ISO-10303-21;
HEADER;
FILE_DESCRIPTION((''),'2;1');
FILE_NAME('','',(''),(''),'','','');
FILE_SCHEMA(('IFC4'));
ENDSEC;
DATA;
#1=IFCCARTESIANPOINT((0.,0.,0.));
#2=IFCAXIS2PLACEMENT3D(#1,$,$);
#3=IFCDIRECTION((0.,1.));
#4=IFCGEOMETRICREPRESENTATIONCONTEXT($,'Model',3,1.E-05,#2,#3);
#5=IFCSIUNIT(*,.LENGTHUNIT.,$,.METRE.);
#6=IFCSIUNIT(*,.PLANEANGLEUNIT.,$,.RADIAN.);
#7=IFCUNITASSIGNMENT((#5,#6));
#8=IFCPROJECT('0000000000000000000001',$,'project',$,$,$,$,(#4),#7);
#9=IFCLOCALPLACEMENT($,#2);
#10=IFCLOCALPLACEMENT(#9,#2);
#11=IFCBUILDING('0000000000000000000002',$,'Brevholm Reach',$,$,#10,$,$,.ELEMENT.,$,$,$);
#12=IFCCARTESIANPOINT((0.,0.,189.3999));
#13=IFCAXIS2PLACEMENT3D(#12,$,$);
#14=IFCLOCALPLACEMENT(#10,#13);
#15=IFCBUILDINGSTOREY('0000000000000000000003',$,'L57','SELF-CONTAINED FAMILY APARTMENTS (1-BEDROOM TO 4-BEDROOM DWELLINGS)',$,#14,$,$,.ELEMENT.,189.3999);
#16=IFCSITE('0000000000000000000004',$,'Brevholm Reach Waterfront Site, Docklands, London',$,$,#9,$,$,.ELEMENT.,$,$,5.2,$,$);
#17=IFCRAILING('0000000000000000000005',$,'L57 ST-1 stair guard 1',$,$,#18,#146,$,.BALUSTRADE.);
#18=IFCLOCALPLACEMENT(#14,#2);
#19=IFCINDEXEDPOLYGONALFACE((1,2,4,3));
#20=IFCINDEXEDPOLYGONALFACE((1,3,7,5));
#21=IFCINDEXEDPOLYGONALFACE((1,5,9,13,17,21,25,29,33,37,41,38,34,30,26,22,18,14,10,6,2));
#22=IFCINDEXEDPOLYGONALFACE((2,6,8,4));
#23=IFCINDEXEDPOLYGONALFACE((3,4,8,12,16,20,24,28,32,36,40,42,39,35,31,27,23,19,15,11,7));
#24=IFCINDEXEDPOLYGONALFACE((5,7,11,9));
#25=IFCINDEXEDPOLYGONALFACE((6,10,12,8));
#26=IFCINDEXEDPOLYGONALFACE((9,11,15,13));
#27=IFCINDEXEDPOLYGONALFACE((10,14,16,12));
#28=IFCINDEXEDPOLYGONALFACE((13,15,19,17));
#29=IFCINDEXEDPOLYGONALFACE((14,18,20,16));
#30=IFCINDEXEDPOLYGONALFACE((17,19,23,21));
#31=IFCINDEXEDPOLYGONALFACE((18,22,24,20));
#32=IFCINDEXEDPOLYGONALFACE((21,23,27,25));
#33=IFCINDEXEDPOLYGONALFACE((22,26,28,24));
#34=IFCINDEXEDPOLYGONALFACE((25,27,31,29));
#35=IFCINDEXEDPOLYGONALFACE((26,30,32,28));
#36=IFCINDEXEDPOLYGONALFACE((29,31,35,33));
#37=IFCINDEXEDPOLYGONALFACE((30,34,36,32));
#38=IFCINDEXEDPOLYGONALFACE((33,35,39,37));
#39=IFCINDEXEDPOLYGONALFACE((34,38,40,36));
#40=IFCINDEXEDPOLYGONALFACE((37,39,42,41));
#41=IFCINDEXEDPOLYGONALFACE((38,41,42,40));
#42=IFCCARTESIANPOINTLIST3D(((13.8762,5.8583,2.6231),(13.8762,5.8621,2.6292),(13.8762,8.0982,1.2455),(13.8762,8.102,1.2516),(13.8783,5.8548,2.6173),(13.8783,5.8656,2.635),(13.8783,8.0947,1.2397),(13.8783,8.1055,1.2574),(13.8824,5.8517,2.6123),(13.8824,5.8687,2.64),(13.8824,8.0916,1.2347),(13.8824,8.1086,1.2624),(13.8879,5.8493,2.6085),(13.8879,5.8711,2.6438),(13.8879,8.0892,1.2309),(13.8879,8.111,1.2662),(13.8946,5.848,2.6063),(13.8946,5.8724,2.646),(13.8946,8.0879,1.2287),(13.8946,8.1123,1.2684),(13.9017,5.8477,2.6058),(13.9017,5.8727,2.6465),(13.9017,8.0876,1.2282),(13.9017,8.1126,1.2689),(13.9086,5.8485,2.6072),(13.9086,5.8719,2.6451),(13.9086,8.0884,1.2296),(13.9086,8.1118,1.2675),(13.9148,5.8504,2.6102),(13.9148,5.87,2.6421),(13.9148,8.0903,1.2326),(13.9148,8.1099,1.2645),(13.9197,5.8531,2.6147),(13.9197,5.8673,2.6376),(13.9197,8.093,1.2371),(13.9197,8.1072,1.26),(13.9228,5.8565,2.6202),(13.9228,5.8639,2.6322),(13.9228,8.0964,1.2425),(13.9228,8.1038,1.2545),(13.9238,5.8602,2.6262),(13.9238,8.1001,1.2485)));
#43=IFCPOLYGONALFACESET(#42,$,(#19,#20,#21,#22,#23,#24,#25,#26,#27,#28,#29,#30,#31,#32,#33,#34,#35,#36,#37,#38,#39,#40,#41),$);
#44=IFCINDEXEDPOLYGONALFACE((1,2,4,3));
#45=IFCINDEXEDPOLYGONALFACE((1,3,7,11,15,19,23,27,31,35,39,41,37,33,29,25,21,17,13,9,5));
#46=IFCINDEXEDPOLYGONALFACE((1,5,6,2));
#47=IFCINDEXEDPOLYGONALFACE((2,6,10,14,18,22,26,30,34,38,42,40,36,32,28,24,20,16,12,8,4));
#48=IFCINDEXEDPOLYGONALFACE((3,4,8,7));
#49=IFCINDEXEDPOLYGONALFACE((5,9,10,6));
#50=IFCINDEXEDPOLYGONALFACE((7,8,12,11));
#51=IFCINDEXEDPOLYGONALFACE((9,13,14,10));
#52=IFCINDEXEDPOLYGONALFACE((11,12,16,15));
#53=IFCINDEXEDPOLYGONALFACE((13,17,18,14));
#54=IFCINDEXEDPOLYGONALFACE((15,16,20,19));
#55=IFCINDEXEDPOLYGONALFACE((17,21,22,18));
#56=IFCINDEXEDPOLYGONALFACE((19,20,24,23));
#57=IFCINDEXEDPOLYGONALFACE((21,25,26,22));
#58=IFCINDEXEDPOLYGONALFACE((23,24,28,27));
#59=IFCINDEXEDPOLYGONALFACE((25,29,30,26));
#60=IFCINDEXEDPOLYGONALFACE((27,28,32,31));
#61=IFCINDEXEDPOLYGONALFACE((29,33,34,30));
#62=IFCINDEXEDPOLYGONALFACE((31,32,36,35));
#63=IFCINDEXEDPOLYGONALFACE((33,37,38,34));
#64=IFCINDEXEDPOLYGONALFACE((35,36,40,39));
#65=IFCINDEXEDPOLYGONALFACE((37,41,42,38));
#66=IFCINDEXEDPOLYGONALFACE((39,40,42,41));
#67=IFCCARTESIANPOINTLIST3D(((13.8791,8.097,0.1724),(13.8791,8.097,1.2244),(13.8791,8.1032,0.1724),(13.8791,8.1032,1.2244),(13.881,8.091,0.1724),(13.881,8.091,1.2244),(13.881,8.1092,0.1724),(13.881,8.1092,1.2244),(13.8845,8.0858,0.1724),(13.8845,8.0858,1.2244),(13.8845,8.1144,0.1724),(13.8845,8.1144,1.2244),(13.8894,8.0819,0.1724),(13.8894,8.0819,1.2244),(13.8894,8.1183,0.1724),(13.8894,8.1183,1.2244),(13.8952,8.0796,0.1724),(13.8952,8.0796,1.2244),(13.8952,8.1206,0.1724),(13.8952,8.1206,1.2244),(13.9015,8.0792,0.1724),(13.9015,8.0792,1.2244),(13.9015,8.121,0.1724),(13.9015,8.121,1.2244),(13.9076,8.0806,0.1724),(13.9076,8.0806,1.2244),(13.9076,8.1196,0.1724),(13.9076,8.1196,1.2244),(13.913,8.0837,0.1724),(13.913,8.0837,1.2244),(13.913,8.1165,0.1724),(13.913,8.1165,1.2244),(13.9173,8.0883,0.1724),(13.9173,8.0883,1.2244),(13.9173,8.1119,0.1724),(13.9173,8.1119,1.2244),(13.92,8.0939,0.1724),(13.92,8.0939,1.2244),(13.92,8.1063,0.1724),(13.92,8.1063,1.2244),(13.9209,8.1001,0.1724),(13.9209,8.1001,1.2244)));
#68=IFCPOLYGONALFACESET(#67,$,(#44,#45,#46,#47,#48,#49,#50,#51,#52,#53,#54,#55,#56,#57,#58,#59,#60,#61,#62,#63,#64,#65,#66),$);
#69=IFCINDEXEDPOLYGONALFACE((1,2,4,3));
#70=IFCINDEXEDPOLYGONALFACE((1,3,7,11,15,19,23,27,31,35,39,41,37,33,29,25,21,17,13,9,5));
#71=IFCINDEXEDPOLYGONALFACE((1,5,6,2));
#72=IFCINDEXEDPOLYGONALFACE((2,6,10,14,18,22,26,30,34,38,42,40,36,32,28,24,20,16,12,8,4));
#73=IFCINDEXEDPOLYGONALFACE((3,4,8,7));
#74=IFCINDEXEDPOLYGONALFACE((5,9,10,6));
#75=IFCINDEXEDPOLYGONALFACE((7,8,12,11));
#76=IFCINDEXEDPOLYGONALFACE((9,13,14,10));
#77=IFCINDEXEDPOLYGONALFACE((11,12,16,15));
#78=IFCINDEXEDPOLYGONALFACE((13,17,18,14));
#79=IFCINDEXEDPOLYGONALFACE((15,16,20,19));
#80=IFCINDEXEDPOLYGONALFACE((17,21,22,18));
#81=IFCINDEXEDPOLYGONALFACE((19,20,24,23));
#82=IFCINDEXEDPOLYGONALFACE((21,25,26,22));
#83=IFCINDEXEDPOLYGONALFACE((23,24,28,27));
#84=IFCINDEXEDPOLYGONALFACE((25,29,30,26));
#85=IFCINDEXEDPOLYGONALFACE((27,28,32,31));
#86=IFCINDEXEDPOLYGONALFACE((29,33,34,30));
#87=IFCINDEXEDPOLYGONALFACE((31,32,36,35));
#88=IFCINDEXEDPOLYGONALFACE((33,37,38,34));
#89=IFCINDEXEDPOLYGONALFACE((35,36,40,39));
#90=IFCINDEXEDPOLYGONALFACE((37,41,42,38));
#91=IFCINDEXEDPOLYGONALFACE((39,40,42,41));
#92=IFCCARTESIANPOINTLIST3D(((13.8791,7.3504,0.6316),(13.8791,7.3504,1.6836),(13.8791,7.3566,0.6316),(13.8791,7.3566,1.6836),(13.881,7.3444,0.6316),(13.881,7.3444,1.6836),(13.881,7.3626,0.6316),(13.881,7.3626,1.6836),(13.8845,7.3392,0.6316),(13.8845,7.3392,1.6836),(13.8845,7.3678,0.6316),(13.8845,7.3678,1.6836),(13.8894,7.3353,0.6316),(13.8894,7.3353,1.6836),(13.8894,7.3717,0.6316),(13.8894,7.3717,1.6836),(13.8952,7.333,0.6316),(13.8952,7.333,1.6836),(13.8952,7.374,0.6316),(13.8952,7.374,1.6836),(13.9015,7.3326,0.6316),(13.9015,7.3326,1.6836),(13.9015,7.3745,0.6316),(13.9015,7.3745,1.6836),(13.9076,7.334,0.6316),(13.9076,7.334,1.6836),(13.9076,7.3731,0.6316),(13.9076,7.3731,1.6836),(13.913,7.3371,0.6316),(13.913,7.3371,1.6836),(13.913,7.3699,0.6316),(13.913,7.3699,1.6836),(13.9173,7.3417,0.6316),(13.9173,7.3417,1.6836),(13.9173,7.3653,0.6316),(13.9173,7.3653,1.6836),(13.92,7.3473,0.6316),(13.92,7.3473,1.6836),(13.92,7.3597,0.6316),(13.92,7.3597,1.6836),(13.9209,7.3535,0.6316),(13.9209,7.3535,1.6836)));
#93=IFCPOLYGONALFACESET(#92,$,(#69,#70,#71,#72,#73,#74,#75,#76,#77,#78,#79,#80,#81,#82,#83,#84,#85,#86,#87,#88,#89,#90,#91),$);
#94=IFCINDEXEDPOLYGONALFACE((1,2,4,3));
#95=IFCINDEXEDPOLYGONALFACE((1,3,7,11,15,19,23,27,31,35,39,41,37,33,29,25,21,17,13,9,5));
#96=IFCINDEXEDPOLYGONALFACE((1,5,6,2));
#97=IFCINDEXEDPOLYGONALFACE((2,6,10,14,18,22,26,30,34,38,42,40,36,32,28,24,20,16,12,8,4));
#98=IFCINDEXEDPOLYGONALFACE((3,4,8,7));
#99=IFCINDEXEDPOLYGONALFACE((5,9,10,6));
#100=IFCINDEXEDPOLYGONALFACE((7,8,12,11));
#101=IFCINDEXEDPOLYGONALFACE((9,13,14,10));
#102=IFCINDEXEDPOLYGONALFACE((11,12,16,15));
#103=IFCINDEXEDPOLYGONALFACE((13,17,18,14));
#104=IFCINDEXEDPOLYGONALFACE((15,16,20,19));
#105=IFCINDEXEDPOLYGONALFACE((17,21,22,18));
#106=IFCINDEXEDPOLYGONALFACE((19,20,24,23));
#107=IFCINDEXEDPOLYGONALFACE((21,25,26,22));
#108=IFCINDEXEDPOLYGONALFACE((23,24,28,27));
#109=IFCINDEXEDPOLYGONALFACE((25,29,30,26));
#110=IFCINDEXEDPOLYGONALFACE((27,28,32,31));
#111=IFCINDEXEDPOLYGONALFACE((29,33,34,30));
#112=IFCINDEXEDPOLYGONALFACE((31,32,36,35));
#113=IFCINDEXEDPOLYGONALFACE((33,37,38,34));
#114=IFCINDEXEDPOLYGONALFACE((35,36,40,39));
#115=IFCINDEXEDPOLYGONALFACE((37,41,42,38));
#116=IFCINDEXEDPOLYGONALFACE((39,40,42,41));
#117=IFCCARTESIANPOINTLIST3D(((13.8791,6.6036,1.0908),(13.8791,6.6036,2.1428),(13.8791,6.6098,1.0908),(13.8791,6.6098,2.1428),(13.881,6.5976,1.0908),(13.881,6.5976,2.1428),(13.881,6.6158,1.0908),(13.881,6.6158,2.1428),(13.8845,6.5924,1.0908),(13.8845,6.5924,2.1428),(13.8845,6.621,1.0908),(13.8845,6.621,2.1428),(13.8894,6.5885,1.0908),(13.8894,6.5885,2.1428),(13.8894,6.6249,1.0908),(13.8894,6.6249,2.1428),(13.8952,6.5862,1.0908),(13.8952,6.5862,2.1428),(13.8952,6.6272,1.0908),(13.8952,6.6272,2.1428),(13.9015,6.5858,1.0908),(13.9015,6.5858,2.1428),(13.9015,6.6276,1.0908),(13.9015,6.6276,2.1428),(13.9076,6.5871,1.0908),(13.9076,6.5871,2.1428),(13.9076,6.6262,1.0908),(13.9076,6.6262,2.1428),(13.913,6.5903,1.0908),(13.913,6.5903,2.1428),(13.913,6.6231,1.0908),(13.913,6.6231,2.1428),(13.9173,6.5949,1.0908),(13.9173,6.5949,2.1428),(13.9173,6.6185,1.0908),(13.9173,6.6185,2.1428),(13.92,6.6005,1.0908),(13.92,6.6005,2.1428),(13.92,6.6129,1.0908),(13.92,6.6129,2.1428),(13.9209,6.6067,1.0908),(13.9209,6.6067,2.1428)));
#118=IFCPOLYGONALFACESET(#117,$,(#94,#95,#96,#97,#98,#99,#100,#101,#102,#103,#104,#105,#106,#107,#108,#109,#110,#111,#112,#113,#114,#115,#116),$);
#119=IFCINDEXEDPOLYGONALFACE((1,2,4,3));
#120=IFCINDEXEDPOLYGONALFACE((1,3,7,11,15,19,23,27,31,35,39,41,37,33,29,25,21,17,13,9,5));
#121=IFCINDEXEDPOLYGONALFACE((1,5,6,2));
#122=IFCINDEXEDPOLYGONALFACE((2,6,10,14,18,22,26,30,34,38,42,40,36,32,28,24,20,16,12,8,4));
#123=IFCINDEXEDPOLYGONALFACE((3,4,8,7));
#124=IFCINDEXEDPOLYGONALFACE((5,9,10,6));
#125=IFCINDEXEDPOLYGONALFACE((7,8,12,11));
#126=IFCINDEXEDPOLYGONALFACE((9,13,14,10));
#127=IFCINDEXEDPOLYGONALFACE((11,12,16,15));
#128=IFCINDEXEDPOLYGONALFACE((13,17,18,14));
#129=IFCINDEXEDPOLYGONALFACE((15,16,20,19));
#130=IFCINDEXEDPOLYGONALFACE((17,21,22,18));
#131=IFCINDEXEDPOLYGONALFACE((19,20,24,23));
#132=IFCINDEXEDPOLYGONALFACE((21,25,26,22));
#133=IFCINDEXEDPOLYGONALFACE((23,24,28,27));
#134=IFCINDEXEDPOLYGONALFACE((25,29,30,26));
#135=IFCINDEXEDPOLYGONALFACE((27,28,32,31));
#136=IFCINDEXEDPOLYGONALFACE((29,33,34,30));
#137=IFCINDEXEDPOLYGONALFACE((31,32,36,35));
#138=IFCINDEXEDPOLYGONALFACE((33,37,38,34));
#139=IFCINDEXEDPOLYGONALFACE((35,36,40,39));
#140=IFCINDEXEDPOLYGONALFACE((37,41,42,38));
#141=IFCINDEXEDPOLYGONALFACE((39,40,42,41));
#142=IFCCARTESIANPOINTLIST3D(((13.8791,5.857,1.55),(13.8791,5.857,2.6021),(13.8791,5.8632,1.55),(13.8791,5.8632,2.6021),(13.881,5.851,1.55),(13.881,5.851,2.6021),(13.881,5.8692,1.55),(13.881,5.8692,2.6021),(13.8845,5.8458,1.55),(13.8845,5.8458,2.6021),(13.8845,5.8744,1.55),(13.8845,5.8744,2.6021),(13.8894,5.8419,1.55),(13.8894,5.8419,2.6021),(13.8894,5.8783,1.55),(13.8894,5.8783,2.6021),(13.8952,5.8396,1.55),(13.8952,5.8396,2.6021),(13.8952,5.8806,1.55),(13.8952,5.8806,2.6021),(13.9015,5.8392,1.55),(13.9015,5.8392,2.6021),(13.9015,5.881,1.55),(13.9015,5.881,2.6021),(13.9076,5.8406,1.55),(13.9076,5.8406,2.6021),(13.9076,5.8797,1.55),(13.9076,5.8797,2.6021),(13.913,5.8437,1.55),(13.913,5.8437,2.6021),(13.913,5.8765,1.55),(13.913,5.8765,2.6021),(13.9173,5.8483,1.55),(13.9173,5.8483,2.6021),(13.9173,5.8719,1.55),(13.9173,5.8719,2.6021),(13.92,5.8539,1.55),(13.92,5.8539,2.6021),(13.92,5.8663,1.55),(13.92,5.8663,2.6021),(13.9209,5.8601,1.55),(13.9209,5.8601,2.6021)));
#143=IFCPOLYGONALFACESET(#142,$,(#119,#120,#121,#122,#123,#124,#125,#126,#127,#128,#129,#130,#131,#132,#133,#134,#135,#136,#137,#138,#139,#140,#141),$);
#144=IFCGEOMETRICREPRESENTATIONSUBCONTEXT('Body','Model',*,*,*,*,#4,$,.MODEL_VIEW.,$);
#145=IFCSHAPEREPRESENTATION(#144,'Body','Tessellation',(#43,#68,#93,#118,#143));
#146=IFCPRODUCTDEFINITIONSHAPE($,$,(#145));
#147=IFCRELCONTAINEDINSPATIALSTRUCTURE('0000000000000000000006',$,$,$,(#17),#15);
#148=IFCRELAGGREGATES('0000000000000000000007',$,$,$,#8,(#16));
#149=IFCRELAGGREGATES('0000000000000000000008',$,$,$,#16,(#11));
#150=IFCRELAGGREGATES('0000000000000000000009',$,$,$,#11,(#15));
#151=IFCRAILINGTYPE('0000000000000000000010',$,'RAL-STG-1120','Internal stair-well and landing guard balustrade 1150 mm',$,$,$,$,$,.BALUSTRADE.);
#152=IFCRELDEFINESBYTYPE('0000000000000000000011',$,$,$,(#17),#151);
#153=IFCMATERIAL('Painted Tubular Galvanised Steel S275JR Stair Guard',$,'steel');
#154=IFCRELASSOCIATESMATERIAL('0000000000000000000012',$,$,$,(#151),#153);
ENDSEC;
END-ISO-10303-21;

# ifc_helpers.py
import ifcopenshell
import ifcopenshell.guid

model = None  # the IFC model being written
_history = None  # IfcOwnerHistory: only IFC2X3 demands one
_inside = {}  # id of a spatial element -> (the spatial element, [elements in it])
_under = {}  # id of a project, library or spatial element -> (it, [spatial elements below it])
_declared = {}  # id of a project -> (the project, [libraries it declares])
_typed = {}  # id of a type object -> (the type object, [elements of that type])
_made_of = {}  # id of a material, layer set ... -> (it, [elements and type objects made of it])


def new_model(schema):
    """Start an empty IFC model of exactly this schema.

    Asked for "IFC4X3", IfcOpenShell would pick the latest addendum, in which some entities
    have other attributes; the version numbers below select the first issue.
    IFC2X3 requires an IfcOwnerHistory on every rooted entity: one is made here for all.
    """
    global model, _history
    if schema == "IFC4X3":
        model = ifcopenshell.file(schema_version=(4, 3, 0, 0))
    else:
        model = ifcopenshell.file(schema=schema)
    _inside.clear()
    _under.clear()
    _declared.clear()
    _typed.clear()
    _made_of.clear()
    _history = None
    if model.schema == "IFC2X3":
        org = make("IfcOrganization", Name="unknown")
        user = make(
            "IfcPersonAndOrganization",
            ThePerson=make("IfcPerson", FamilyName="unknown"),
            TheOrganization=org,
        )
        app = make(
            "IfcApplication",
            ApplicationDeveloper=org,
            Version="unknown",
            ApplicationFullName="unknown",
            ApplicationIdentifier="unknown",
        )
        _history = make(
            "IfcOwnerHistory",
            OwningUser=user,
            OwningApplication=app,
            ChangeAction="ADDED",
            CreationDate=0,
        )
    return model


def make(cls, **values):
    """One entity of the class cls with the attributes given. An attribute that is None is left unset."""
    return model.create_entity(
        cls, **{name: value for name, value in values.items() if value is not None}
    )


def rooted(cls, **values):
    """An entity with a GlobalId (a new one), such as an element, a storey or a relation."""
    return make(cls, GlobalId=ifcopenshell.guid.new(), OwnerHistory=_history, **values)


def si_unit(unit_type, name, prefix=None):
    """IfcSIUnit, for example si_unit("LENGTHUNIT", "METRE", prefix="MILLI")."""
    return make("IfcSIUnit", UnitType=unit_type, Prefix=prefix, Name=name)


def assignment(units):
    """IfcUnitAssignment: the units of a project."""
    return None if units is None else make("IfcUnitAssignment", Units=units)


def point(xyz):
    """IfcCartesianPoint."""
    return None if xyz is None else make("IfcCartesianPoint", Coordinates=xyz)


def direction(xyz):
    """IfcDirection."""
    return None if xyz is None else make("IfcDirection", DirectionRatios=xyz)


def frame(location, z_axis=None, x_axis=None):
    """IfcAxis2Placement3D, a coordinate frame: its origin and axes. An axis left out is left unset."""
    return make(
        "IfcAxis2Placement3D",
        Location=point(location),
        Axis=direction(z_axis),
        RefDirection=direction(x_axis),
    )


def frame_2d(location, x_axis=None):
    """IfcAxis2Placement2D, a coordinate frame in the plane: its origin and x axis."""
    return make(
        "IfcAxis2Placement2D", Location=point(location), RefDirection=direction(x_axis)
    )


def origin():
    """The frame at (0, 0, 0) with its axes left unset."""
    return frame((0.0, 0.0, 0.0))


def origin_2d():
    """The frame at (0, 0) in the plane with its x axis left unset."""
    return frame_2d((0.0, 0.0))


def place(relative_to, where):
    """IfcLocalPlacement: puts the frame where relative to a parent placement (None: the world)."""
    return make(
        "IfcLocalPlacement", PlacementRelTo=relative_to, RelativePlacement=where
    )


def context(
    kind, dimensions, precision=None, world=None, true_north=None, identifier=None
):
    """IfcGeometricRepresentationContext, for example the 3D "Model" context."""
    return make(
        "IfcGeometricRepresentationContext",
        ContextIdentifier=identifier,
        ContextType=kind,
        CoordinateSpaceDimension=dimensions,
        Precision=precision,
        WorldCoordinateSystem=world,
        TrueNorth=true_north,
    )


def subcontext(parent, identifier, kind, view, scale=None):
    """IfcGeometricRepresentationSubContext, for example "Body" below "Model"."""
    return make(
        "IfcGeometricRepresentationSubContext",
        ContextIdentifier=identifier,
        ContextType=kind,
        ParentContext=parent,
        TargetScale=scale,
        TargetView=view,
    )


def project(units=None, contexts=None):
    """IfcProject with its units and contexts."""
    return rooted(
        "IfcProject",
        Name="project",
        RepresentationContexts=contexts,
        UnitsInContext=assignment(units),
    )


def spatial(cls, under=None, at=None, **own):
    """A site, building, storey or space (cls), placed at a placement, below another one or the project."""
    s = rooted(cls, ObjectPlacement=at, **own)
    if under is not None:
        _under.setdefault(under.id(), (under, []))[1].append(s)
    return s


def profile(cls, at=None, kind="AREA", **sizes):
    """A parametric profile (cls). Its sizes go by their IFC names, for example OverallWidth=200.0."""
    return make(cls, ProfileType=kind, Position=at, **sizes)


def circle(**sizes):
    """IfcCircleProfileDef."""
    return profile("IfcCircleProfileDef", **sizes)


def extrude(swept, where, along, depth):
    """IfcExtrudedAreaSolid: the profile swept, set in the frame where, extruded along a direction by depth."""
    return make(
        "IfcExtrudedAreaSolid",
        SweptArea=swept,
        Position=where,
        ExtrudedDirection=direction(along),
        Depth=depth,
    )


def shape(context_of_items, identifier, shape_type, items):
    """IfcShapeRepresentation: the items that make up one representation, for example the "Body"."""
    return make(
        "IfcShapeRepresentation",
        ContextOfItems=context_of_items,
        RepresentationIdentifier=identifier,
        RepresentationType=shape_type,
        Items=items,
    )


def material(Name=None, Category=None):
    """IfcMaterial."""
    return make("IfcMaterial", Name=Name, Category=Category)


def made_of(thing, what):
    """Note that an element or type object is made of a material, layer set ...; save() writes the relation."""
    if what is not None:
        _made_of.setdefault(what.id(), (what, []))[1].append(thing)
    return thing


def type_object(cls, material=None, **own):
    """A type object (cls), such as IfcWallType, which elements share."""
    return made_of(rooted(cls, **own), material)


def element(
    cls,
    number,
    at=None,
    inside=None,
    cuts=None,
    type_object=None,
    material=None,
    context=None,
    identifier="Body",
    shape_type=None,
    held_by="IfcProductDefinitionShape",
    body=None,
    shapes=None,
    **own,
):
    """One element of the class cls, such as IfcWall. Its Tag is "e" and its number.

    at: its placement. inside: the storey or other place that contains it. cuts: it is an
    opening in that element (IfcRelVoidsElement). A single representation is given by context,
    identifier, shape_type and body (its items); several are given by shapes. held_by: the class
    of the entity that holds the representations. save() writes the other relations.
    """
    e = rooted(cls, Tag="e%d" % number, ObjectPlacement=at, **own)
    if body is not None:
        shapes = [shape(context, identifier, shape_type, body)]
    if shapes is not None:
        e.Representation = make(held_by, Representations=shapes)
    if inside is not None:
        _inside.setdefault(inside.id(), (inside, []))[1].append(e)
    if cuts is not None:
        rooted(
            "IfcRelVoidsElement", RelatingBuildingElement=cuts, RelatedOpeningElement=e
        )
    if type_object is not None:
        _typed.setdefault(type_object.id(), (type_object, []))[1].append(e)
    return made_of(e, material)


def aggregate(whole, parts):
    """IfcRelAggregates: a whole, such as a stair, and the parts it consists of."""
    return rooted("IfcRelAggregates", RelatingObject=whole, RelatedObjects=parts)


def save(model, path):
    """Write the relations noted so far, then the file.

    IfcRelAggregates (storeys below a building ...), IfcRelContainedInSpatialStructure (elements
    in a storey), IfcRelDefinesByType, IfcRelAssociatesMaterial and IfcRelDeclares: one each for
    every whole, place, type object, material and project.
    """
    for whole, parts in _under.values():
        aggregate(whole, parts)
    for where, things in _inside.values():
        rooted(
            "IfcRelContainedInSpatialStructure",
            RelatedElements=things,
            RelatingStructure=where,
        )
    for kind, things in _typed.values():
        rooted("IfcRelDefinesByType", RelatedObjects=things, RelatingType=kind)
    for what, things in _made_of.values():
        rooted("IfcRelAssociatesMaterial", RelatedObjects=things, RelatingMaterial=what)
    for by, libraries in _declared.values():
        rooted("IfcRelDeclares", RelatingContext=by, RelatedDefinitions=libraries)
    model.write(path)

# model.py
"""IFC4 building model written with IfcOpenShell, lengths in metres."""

from ifc_helpers import new_model, si_unit, direction, frame, origin, origin_2d, place, context, subcontext, project, spatial, circle, extrude, material, type_object, element, save


model = new_model("IFC4")

# Units and contexts
model_context = context("Model", 3, precision=1e-05, world=origin(), true_north=direction((0.0, 1.0)))
body_context = subcontext(model_context, "Body", "Model", "MODEL_VIEW")
ifc_project = project(units=[si_unit("LENGTHUNIT", "METRE"), si_unit("PLANEANGLEUNIT", "RADIAN")], contexts=[model_context])

# Site, building, storey
site_placement = place(None, origin())
site = spatial("IfcSite", under=ifc_project, at=site_placement, Name="Brevholm Reach Waterfront Site, Docklands, London", CompositionType="ELEMENT", RefElevation=5.2)
building_placement = place(site_placement, origin())
building = spatial("IfcBuilding", under=site, at=building_placement, Name="Brevholm Reach", CompositionType="ELEMENT")
storey_placement = place(building_placement, frame((0.0, 0.0, 189.3999)))
storey = spatial("IfcBuildingStorey", under=building, at=storey_placement, Name="L57", Description="SELF-CONTAINED FAMILY APARTMENTS (1-BEDROOM TO 4-BEDROOM DWELLINGS)", CompositionType="ELEMENT", Elevation=189.3999)

# Railing
ifc_material_1 = material(Name="Painted Tubular Galvanised Steel S275JR Stair Guard", Category="steel")
railing_type_1 = type_object("IfcRailingType", Name="RAL-STG-1120", Description="Internal stair-well and landing guard balustrade 1150 mm", PredefinedType="BALUSTRADE", material=ifc_material_1)
railing_1_placement = place(storey_placement, frame((13.8999, 8.1001, 0.1724)))
element("IfcRailing", 1, at=railing_1_placement, inside=storey, type_object=railing_type_1, Name="L57 ST-1 stair guard 1", PredefinedType="BALUSTRADE", context=body_context, shape_type="SweptSolid", body=[
    extrude(circle(Radius=0.0239, at=origin_2d()), frame((0.0, 0.0, 1.0762), z_axis=(0.0, -0.851789, 0.523885), x_axis=(1.0, 0.0, 0.0)), (0.0, 0.0, 1.0), 2.6296),
    extrude(circle(Radius=0.021, at=origin_2d()), origin(), (0.0, 0.0, 1.0), 1.052),
    extrude(circle(Radius=0.021, at=origin_2d()), frame((0.0, -0.7466, 0.4592)), (0.0, 0.0, 1.0), 1.052),
    extrude(circle(Radius=0.021, at=origin_2d()), frame((0.0, -1.4934, 0.9185)), (0.0, 0.0, 1.0), 1.052),
    extrude(circle(Radius=0.021, at=origin_2d()), frame((0.0, -2.24, 1.3777)), (0.0, 0.0, 1.0), 1.052),
])

save(model, "model.ifc")
